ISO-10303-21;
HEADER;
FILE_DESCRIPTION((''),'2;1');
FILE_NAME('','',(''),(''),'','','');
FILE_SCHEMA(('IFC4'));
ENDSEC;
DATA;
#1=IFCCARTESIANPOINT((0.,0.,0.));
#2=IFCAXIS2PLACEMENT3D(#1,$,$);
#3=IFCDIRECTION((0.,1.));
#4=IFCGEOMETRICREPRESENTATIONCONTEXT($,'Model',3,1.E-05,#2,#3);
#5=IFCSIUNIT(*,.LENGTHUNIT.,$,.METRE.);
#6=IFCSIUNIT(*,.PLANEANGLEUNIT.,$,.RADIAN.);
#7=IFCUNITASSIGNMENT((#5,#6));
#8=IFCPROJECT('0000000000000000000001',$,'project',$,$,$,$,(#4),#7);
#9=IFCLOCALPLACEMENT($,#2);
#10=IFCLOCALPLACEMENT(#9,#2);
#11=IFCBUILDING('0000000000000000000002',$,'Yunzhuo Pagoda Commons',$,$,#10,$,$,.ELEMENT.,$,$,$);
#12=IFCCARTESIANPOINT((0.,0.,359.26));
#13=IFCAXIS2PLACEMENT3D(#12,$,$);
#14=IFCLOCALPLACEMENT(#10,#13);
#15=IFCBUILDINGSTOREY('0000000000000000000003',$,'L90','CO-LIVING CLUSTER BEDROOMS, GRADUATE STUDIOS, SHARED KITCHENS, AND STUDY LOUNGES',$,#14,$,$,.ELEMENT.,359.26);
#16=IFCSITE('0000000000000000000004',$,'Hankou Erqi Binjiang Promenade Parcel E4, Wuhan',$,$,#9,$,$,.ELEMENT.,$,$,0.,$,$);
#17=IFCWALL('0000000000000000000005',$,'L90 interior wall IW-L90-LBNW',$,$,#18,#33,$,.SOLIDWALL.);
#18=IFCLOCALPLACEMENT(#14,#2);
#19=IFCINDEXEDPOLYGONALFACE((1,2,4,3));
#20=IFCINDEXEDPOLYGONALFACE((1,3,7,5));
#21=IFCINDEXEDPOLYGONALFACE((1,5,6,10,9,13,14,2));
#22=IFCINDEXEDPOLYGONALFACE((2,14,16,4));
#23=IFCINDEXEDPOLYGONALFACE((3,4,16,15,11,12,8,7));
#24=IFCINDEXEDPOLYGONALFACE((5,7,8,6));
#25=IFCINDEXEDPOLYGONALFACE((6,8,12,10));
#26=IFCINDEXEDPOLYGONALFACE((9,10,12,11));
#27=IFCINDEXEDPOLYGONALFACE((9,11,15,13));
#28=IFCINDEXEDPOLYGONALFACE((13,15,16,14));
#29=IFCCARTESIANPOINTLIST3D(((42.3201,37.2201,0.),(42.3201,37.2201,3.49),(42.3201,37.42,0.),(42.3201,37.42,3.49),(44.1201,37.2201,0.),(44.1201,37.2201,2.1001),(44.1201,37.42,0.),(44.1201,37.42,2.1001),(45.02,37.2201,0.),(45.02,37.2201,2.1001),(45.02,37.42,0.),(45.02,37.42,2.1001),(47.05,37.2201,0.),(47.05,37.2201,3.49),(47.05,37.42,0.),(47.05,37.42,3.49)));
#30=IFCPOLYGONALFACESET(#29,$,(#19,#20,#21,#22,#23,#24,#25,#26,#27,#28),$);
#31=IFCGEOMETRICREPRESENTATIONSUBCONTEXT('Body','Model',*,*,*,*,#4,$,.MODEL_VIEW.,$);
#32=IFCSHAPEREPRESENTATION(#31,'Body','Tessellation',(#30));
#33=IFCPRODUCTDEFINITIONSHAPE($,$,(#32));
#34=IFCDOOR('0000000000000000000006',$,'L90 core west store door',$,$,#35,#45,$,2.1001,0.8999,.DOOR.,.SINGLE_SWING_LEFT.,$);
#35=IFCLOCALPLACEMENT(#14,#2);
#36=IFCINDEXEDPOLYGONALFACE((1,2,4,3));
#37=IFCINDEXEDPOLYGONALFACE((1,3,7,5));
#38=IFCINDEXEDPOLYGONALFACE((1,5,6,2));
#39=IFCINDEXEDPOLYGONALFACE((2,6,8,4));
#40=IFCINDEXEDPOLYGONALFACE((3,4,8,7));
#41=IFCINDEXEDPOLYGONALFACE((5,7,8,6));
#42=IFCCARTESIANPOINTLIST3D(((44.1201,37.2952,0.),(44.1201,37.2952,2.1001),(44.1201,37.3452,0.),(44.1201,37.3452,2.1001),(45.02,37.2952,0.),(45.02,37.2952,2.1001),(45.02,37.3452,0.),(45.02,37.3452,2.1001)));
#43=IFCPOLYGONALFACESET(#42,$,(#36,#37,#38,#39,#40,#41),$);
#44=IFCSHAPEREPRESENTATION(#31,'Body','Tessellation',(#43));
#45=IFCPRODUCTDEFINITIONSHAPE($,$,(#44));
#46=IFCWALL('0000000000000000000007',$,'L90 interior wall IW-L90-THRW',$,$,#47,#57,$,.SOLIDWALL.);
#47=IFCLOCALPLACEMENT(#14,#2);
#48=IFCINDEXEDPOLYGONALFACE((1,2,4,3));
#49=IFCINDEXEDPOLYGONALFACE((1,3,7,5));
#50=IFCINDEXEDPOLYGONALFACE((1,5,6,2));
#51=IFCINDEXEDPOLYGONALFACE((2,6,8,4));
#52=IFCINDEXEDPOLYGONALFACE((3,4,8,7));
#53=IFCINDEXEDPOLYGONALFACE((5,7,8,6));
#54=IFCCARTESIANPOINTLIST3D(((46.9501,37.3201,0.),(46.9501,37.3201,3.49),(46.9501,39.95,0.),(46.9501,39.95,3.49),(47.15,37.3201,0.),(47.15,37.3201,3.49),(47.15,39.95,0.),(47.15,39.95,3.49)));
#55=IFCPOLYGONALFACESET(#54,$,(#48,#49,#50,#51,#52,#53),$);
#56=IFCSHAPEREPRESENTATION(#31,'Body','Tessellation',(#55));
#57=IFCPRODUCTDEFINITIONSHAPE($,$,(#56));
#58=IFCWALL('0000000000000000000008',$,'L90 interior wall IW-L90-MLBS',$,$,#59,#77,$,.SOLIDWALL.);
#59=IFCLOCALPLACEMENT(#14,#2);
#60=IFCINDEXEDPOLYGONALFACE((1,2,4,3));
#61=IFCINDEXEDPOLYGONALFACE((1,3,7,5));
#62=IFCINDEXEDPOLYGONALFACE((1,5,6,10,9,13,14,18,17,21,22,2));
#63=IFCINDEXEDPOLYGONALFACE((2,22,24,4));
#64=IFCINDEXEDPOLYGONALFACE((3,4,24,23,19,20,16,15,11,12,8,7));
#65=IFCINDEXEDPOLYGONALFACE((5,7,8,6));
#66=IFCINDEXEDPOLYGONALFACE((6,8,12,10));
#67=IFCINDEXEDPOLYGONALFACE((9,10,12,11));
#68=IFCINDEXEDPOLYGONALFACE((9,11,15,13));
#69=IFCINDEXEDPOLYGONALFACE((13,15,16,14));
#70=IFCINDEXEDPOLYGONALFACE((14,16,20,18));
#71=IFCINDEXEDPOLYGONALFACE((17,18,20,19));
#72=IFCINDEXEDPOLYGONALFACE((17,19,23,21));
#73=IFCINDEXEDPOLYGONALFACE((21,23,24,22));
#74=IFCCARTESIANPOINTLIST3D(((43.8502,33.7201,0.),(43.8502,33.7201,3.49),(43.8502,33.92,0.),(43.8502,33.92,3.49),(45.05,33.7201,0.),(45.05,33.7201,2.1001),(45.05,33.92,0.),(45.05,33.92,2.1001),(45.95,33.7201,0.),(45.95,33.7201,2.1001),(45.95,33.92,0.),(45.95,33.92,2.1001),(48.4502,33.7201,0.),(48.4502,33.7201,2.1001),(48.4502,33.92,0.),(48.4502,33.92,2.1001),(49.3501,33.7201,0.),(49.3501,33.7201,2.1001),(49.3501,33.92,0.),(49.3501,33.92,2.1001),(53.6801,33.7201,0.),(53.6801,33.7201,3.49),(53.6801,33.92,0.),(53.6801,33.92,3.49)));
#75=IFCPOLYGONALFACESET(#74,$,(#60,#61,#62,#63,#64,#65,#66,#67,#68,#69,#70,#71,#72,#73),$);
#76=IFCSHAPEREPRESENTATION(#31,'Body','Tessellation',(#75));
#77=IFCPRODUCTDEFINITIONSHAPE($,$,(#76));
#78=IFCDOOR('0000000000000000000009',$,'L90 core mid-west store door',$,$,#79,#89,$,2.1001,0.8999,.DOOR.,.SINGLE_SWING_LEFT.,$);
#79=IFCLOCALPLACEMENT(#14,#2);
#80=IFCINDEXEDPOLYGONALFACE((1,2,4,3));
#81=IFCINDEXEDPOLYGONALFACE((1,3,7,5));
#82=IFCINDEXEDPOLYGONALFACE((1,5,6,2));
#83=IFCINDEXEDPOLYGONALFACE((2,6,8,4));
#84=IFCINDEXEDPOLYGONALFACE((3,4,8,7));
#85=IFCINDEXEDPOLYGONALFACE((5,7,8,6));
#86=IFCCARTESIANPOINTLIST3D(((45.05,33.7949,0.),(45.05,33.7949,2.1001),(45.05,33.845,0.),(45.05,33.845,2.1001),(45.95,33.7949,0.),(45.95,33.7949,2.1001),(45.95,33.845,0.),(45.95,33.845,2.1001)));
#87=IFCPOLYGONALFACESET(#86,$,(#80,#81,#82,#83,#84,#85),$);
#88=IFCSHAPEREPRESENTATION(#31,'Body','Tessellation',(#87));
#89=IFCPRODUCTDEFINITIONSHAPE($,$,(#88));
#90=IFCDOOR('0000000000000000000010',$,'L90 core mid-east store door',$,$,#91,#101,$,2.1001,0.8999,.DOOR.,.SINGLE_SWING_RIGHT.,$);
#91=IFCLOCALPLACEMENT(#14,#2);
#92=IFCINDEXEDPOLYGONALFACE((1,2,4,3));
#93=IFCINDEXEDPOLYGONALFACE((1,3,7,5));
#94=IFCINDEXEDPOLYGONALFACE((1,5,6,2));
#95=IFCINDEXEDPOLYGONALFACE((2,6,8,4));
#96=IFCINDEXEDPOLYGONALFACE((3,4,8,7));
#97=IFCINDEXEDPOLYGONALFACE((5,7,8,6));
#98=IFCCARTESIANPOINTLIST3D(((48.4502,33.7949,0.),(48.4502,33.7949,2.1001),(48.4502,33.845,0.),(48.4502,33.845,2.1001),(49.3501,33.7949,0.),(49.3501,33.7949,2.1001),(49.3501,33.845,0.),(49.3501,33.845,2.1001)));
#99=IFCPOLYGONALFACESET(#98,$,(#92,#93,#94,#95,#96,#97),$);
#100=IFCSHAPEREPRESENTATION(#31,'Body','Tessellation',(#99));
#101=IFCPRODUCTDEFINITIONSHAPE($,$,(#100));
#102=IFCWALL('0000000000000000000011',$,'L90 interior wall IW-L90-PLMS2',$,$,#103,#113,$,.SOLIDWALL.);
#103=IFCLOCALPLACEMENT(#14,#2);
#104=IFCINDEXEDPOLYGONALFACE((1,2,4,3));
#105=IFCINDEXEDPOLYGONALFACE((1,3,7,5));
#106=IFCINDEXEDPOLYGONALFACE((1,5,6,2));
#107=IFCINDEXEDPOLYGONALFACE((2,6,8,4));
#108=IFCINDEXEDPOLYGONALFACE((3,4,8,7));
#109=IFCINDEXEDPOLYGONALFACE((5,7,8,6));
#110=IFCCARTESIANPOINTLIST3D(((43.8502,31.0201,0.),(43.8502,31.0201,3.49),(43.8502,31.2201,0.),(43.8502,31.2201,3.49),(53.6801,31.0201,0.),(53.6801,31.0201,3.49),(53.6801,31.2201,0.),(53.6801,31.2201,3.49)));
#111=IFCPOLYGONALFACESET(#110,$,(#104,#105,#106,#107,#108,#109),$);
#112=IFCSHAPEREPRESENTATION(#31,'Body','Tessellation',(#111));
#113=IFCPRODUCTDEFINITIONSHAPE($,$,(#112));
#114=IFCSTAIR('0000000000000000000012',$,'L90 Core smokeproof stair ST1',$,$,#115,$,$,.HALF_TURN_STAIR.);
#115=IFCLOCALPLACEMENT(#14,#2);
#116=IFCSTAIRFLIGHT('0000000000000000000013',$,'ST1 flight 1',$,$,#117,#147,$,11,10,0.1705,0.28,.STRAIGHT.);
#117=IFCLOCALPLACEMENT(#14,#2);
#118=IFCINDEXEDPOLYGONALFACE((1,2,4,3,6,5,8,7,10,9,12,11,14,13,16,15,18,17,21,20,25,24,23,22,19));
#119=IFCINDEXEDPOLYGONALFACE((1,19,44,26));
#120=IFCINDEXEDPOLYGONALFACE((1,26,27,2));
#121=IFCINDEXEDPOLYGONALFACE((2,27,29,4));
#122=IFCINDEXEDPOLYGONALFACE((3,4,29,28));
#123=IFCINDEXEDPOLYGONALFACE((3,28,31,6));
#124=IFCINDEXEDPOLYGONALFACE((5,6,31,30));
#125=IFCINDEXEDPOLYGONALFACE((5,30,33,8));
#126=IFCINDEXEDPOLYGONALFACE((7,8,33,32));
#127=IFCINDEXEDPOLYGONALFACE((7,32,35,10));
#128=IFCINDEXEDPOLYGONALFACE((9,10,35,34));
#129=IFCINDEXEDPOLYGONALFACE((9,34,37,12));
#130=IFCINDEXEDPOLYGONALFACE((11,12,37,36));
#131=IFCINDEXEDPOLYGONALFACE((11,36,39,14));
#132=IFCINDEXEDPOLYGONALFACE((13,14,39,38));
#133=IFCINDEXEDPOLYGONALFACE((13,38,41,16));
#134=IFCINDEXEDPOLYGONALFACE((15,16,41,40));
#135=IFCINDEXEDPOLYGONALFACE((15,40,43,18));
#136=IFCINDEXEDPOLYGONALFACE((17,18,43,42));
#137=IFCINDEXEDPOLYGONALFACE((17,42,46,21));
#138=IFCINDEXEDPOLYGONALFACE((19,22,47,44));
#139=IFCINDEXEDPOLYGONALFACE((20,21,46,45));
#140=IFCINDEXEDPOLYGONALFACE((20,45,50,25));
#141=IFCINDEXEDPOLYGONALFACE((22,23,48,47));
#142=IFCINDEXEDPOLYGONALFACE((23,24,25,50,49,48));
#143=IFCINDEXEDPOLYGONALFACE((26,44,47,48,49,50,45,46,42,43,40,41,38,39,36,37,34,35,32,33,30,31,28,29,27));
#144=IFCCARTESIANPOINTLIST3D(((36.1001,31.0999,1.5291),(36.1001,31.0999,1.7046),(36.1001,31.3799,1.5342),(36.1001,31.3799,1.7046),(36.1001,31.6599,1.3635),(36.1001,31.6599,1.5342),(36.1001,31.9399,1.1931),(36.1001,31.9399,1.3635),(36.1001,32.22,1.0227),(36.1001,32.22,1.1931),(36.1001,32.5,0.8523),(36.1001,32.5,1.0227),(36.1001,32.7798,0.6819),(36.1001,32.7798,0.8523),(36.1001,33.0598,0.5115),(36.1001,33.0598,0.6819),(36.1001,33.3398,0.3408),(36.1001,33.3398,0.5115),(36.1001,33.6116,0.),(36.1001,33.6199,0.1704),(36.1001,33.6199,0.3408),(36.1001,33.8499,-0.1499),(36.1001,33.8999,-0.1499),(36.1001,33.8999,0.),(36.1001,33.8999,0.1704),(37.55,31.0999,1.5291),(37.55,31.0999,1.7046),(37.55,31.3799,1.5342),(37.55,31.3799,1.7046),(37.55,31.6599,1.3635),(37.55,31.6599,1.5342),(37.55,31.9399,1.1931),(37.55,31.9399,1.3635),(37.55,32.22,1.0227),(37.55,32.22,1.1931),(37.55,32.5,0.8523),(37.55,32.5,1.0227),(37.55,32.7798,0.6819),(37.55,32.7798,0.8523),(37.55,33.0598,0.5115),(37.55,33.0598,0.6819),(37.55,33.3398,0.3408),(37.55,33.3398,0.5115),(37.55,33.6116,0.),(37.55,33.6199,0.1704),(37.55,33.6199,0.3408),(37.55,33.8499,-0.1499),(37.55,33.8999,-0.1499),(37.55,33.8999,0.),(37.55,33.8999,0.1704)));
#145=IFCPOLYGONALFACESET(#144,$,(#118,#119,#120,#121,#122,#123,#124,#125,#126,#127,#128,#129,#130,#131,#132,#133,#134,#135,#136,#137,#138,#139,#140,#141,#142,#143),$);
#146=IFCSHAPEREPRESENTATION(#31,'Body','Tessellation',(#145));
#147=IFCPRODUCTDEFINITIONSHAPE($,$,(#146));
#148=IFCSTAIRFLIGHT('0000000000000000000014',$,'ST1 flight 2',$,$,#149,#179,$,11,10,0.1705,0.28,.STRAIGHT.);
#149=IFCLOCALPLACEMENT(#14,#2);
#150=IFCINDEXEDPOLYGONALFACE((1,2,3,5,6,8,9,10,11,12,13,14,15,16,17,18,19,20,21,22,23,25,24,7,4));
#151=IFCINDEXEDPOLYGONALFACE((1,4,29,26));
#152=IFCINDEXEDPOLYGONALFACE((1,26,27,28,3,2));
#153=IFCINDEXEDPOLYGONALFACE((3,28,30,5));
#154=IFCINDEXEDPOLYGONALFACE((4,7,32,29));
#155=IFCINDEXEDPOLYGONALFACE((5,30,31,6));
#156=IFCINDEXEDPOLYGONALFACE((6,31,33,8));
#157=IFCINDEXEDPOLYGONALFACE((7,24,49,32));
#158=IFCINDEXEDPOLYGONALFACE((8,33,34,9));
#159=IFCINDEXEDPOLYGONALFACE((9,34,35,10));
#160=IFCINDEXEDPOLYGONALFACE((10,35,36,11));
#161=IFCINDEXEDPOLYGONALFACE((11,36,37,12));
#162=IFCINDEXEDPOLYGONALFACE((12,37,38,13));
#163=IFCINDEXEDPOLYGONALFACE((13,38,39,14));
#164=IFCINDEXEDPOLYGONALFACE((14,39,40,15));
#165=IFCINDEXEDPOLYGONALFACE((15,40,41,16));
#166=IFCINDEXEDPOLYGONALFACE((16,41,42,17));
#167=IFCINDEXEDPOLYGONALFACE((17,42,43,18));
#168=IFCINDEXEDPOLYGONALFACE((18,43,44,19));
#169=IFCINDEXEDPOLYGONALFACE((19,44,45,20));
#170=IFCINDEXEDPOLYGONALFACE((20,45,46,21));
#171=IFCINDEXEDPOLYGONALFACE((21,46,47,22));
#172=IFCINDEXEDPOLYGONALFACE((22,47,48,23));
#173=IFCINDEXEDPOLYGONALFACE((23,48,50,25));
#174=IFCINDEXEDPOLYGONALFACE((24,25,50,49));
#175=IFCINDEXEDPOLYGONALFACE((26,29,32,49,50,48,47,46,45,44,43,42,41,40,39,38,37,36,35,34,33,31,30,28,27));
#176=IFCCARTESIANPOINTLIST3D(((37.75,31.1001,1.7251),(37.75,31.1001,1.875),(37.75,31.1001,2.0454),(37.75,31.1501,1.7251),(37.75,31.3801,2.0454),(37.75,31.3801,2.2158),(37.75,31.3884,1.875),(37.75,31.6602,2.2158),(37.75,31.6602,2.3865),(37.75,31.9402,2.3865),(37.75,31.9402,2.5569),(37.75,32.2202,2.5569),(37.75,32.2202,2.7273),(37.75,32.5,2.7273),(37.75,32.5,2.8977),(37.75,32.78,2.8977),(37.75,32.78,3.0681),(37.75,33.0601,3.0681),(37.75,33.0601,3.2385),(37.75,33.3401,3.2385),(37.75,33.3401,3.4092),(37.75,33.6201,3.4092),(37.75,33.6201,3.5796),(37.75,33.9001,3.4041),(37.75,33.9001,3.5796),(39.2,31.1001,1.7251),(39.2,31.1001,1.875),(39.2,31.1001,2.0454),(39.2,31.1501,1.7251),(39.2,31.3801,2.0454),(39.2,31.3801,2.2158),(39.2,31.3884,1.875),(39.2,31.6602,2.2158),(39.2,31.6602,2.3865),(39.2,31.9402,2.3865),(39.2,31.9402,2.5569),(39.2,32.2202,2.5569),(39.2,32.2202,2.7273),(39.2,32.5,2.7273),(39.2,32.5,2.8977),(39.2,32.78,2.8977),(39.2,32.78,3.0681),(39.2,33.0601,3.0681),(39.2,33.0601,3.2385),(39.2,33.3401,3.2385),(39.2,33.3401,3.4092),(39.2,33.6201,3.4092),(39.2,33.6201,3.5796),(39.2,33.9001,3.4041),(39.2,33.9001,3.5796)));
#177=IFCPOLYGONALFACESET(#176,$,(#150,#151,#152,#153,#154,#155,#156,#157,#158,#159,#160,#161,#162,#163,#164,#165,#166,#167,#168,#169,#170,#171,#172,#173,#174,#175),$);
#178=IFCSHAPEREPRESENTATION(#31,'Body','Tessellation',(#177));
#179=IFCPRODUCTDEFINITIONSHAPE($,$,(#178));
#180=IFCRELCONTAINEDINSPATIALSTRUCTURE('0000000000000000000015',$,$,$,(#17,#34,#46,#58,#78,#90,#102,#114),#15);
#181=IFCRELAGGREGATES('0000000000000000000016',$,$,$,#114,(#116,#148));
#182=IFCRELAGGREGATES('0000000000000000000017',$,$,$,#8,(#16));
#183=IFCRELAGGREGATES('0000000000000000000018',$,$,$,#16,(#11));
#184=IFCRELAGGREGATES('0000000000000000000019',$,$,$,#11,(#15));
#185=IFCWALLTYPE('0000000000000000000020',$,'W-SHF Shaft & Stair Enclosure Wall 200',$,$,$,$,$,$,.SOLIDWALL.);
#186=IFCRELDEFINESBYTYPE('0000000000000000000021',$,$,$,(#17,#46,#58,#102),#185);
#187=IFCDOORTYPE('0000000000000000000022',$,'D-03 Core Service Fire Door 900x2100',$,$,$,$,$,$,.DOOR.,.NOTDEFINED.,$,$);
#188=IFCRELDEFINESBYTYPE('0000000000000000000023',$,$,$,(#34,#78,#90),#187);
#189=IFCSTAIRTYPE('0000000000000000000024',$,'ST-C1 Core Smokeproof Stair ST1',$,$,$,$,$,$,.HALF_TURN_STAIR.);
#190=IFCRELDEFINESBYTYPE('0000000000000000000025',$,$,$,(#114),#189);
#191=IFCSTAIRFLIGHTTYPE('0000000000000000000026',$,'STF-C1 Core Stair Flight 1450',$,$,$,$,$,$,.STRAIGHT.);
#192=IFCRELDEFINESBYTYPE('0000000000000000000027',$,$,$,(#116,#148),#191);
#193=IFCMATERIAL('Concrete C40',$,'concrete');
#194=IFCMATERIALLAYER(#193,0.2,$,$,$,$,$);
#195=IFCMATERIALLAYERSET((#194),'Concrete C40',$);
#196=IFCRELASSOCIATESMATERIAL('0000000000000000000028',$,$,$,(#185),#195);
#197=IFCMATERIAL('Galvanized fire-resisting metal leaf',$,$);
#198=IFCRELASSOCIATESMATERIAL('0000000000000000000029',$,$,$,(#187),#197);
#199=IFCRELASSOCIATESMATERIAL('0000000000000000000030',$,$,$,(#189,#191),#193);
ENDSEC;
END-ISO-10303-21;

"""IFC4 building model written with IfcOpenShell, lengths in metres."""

from ifc_helpers import new_model, si_unit, direction, frame, frame_2d, origin, origin_with_axes, place, context, subcontext, project, spatial, polyline, rectangle, outline, extrude, source, transform, mapped, material, layer, layer_set, type_object, element, fill, aggregate, save


model = new_model("IFC4")

# Units and contexts
model_context = context("Model", 3, precision=1e-05, world=origin(), true_north=direction((0.0, 1.0)))
body_context = subcontext(model_context, "Body", "Model", "MODEL_VIEW")
ifc_project = project(units=[si_unit("LENGTHUNIT", "METRE"), si_unit("PLANEANGLEUNIT", "RADIAN")], contexts=[model_context])

# Site, building, storey
site_placement = place(None, origin())
site = spatial("IfcSite", under=ifc_project, at=site_placement, Name="Hankou Erqi Binjiang Promenade Parcel E4, Wuhan", CompositionType="ELEMENT", RefElevation=0.0)
building_placement = place(site_placement, origin())
building = spatial("IfcBuilding", under=site, at=building_placement, Name="Yunzhuo Pagoda Commons", CompositionType="ELEMENT")
storey_placement = place(building_placement, frame((0.0, 0.0, 359.26)))
storey = spatial("IfcBuildingStorey", under=building, at=storey_placement, Name="L90", Description="CO-LIVING CLUSTER BEDROOMS, GRADUATE STUDIOS, SHARED KITCHENS, AND STUDY LOUNGES", CompositionType="ELEMENT", Elevation=359.26)

# Shared definitions
ifc_material_1 = material(Name="Galvanized fire-resisting metal leaf")
ifc_material_2 = material(Name="Concrete C40", Category="concrete")
ifc_layer_1 = layer(ifc_material_2, 0.2)
ifc_layer_set_1 = layer_set([ifc_layer_1], Name="Concrete C40")
wall_type_1 = type_object("IfcWallType", Name="W-SHF Shaft & Stair Enclosure Wall 200", PredefinedType="SOLIDWALL", material=ifc_layer_set_1)

# Wall, opening, door
wall_1_placement = place(storey_placement, frame((42.3201, 37.3201, 0.0), z_axis=(0.0, 0.0, 1.0), x_axis=(1.0, 0.0, 0.0)))
wall_1 = element("IfcWall", 1, at=wall_1_placement, inside=storey, type_object=wall_type_1, Name="L90 interior wall IW-L90-LBNW", PredefinedType="SOLIDWALL", context=body_context, shape_type="SweptSolid", body=[
    extrude(rectangle(XDim=4.73, YDim=0.2, at=frame_2d((2.365, 0.0))), origin(), (0.0, 0.0, 1.0), 3.49),
])
opening_1_placement = place(wall_1_placement, frame((1.8, 0.0, 0.0)))
opening_1 = element("IfcOpeningElement", 2, at=opening_1_placement, cuts=wall_1, PredefinedType="OPENING", context=body_context, shape_type="SweptSolid", body=[
    extrude(rectangle(XDim=0.8999, YDim=2.1001, at=frame_2d((0.45, 1.05))), frame((0.0, 0.1099, 0.0), z_axis=(0.0, -1.0, 0.0), x_axis=(1.0, 0.0, 0.0)), (0.0, 0.0, 1.0), 0.22),
])
door_type_1 = type_object("IfcDoorType", Name="D-03 Core Service Fire Door 900x2100", OperationType="NOTDEFINED", PredefinedType="DOOR", material=ifc_material_1)
shared_shape_1 = source(origin(), body_context, "Body", "SweptSolid", [
    extrude(rectangle(XDim=0.8999, YDim=2.1001, at=frame_2d((0.45, 1.05))), frame((0.0, 0.0249, 0.0), z_axis=(0.0, -1.0, 0.0), x_axis=(1.0, 0.0, 0.0)), (0.0, 0.0, 1.0), 0.05),
])
door_1_placement = place(opening_1_placement, frame((0.8999, 0.0, 0.0), z_axis=(0.0, 0.0, 1.0), x_axis=(-1.0, 0.0, 0.0)))
door_1 = element("IfcDoor", 3, at=door_1_placement, inside=storey, type_object=door_type_1, Name="L90 core west store door", OperationType="SINGLE_SWING_LEFT", OverallHeight=2.1001, OverallWidth=0.8999, PredefinedType="DOOR", context=body_context, shape_type="MappedRepresentation", body=[
    mapped(shared_shape_1, transform((0.0, 0.0, 0.0), scale=1.0)),
])
fill(opening_1, door_1)

# Wall
wall_2_placement = place(storey_placement, frame((47.05, 37.3201, 0.0), z_axis=(0.0, 0.0, 1.0), x_axis=(0.0, 1.0, 0.0)))
element("IfcWall", 4, at=wall_2_placement, inside=storey, type_object=wall_type_1, Name="L90 interior wall IW-L90-THRW", PredefinedType="SOLIDWALL", context=body_context, shape_type="SweptSolid", body=[
    extrude(rectangle(XDim=2.6299, YDim=0.2, at=frame_2d((1.3149, 0.0))), origin(), (0.0, 0.0, 1.0), 3.49),
])

# Wall, openings, doors
wall_3_placement = place(storey_placement, frame((43.8501, 33.8201, 0.0), z_axis=(0.0, 0.0, 1.0), x_axis=(1.0, 0.0, 0.0)))
wall_3 = element("IfcWall", 5, at=wall_3_placement, inside=storey, type_object=wall_type_1, Name="L90 interior wall IW-L90-MLBS", PredefinedType="SOLIDWALL", context=body_context, shape_type="SweptSolid", body=[
    extrude(rectangle(XDim=9.8298, YDim=0.2, at=frame_2d((4.915, 0.0))), origin(), (0.0, 0.0, 1.0), 3.49),
])
opening_2_placement = place(wall_3_placement, frame((1.2, 0.0, 0.0)))
opening_2 = element("IfcOpeningElement", 6, at=opening_2_placement, cuts=wall_3, PredefinedType="OPENING", context=body_context, shape_type="SweptSolid", body=[
    extrude(rectangle(XDim=0.8999, YDim=2.1001, at=frame_2d((0.45, 1.05))), frame((0.0, 0.1099, 0.0), z_axis=(0.0, -1.0, 0.0), x_axis=(1.0, 0.0, 0.0)), (0.0, 0.0, 1.0), 0.22),
])
opening_3_placement = place(wall_3_placement, frame((4.6001, 0.0, 0.0)))
opening_3 = element("IfcOpeningElement", 7, at=opening_3_placement, cuts=wall_3, PredefinedType="OPENING", context=body_context, shape_type="SweptSolid", body=[
    extrude(rectangle(XDim=0.8999, YDim=2.1001, at=frame_2d((0.45, 1.05))), frame((0.0, 0.1099, 0.0), z_axis=(0.0, -1.0, 0.0), x_axis=(1.0, 0.0, 0.0)), (0.0, 0.0, 1.0), 0.22),
])
door_2_placement = place(opening_2_placement, origin_with_axes())
door_2 = element("IfcDoor", 8, at=door_2_placement, inside=storey, type_object=door_type_1, Name="L90 core mid-west store door", OperationType="SINGLE_SWING_LEFT", OverallHeight=2.1001, OverallWidth=0.8999, PredefinedType="DOOR", context=body_context, shape_type="MappedRepresentation", body=[
    mapped(shared_shape_1, transform((0.0, 0.0, 0.0), scale=1.0)),
])
fill(opening_2, door_2)
door_3_placement = place(opening_3_placement, origin_with_axes())
door_3 = element("IfcDoor", 9, at=door_3_placement, inside=storey, type_object=door_type_1, Name="L90 core mid-east store door", OperationType="SINGLE_SWING_RIGHT", OverallHeight=2.1001, OverallWidth=0.8999, PredefinedType="DOOR", context=body_context, shape_type="MappedRepresentation", body=[
    mapped(shared_shape_1, transform((0.0, 0.0, 0.0), scale=1.0)),
])
fill(opening_3, door_3)

# Wall
wall_4_placement = place(storey_placement, frame((43.8501, 31.1201, 0.0), z_axis=(0.0, 0.0, 1.0), x_axis=(1.0, 0.0, 0.0)))
element("IfcWall", 10, at=wall_4_placement, inside=storey, type_object=wall_type_1, Name="L90 interior wall IW-L90-PLMS2", PredefinedType="SOLIDWALL", context=body_context, shape_type="SweptSolid", body=[
    extrude(rectangle(XDim=9.8298, YDim=0.2, at=frame_2d((4.915, 0.0))), origin(), (0.0, 0.0, 1.0), 3.49),
])

# Stair, stair flights
stair_type = type_object("IfcStairType", Name="ST-C1 Core Smokeproof Stair ST1", PredefinedType="HALF_TURN_STAIR", material=ifc_material_2)
stair_placement = place(storey_placement, origin())
stair = element("IfcStair", 11, at=stair_placement, inside=storey, type_object=stair_type, Name="L90 Core smokeproof stair ST1", PredefinedType="HALF_TURN_STAIR")
stair_flight_type = type_object("IfcStairFlightType", Name="STF-C1 Core Stair Flight 1450", PredefinedType="STRAIGHT", material=ifc_material_2)
shared_shape_2 = source(origin(), body_context, "Body", "SweptSolid", [
    extrude(outline(polyline([(0.0, -0.1499), (0.0, 0.0), (0.0, 0.1704), (0.28, 0.1704), (0.28, 0.3408), (0.5601, 0.3408), (0.5601, 0.5115), (0.8401, 0.5115), (0.8401, 0.6819), (1.1201, 0.6819), (1.1201, 0.8523), (1.3999, 0.8523), (1.3999, 1.0227), (1.6799, 1.0227), (1.6799, 1.1931), (1.96, 1.1931), (1.96, 1.3635), (2.24, 1.3635), (2.24, 1.5342), (2.52, 1.5342), (2.52, 1.7046), (2.8, 1.7046), (2.8, 1.875), (2.8, 1.5291), (0.2883, 0.0), (0.05, -0.1499), (0.0, -0.1499)])), frame((0.0, 0.7251, 0.0), z_axis=(0.0, -1.0, 0.0), x_axis=(1.0, 0.0, 0.0)), (0.0, 0.0, 1.0), 1.45),
])
stair_flight_1_placement = place(storey_placement, frame((36.825, 33.8999, 0.0), z_axis=(0.0, 0.0, 1.0), x_axis=(0.0, -1.0, 0.0)))
stair_flight_1 = element("IfcStairFlight", 12, at=stair_flight_1_placement, type_object=stair_flight_type, Name="ST1 flight 1", NumberOfRisers=11, NumberOfTreads=10, PredefinedType="STRAIGHT", RiserHeight=0.1705, TreadLength=0.28, context=body_context, shape_type="MappedRepresentation", body=[
    mapped(shared_shape_2, transform((0.0, 0.0, 0.0), scale=1.0)),
])
stair_flight_2_placement = place(storey_placement, frame((38.4751, 31.1001, 1.875), z_axis=(0.0, 0.0, 1.0), x_axis=(0.0, 1.0, 0.0)))
stair_flight_2 = element("IfcStairFlight", 13, at=stair_flight_2_placement, type_object=stair_flight_type, Name="ST1 flight 2", NumberOfRisers=11, NumberOfTreads=10, PredefinedType="STRAIGHT", RiserHeight=0.1705, TreadLength=0.28, context=body_context, shape_type="MappedRepresentation", body=[
    mapped(shared_shape_2, transform((0.0, 0.0, 0.0), scale=1.0)),
])
aggregate(stair, [stair_flight_1, stair_flight_2])

save(model, "model.ifc")
